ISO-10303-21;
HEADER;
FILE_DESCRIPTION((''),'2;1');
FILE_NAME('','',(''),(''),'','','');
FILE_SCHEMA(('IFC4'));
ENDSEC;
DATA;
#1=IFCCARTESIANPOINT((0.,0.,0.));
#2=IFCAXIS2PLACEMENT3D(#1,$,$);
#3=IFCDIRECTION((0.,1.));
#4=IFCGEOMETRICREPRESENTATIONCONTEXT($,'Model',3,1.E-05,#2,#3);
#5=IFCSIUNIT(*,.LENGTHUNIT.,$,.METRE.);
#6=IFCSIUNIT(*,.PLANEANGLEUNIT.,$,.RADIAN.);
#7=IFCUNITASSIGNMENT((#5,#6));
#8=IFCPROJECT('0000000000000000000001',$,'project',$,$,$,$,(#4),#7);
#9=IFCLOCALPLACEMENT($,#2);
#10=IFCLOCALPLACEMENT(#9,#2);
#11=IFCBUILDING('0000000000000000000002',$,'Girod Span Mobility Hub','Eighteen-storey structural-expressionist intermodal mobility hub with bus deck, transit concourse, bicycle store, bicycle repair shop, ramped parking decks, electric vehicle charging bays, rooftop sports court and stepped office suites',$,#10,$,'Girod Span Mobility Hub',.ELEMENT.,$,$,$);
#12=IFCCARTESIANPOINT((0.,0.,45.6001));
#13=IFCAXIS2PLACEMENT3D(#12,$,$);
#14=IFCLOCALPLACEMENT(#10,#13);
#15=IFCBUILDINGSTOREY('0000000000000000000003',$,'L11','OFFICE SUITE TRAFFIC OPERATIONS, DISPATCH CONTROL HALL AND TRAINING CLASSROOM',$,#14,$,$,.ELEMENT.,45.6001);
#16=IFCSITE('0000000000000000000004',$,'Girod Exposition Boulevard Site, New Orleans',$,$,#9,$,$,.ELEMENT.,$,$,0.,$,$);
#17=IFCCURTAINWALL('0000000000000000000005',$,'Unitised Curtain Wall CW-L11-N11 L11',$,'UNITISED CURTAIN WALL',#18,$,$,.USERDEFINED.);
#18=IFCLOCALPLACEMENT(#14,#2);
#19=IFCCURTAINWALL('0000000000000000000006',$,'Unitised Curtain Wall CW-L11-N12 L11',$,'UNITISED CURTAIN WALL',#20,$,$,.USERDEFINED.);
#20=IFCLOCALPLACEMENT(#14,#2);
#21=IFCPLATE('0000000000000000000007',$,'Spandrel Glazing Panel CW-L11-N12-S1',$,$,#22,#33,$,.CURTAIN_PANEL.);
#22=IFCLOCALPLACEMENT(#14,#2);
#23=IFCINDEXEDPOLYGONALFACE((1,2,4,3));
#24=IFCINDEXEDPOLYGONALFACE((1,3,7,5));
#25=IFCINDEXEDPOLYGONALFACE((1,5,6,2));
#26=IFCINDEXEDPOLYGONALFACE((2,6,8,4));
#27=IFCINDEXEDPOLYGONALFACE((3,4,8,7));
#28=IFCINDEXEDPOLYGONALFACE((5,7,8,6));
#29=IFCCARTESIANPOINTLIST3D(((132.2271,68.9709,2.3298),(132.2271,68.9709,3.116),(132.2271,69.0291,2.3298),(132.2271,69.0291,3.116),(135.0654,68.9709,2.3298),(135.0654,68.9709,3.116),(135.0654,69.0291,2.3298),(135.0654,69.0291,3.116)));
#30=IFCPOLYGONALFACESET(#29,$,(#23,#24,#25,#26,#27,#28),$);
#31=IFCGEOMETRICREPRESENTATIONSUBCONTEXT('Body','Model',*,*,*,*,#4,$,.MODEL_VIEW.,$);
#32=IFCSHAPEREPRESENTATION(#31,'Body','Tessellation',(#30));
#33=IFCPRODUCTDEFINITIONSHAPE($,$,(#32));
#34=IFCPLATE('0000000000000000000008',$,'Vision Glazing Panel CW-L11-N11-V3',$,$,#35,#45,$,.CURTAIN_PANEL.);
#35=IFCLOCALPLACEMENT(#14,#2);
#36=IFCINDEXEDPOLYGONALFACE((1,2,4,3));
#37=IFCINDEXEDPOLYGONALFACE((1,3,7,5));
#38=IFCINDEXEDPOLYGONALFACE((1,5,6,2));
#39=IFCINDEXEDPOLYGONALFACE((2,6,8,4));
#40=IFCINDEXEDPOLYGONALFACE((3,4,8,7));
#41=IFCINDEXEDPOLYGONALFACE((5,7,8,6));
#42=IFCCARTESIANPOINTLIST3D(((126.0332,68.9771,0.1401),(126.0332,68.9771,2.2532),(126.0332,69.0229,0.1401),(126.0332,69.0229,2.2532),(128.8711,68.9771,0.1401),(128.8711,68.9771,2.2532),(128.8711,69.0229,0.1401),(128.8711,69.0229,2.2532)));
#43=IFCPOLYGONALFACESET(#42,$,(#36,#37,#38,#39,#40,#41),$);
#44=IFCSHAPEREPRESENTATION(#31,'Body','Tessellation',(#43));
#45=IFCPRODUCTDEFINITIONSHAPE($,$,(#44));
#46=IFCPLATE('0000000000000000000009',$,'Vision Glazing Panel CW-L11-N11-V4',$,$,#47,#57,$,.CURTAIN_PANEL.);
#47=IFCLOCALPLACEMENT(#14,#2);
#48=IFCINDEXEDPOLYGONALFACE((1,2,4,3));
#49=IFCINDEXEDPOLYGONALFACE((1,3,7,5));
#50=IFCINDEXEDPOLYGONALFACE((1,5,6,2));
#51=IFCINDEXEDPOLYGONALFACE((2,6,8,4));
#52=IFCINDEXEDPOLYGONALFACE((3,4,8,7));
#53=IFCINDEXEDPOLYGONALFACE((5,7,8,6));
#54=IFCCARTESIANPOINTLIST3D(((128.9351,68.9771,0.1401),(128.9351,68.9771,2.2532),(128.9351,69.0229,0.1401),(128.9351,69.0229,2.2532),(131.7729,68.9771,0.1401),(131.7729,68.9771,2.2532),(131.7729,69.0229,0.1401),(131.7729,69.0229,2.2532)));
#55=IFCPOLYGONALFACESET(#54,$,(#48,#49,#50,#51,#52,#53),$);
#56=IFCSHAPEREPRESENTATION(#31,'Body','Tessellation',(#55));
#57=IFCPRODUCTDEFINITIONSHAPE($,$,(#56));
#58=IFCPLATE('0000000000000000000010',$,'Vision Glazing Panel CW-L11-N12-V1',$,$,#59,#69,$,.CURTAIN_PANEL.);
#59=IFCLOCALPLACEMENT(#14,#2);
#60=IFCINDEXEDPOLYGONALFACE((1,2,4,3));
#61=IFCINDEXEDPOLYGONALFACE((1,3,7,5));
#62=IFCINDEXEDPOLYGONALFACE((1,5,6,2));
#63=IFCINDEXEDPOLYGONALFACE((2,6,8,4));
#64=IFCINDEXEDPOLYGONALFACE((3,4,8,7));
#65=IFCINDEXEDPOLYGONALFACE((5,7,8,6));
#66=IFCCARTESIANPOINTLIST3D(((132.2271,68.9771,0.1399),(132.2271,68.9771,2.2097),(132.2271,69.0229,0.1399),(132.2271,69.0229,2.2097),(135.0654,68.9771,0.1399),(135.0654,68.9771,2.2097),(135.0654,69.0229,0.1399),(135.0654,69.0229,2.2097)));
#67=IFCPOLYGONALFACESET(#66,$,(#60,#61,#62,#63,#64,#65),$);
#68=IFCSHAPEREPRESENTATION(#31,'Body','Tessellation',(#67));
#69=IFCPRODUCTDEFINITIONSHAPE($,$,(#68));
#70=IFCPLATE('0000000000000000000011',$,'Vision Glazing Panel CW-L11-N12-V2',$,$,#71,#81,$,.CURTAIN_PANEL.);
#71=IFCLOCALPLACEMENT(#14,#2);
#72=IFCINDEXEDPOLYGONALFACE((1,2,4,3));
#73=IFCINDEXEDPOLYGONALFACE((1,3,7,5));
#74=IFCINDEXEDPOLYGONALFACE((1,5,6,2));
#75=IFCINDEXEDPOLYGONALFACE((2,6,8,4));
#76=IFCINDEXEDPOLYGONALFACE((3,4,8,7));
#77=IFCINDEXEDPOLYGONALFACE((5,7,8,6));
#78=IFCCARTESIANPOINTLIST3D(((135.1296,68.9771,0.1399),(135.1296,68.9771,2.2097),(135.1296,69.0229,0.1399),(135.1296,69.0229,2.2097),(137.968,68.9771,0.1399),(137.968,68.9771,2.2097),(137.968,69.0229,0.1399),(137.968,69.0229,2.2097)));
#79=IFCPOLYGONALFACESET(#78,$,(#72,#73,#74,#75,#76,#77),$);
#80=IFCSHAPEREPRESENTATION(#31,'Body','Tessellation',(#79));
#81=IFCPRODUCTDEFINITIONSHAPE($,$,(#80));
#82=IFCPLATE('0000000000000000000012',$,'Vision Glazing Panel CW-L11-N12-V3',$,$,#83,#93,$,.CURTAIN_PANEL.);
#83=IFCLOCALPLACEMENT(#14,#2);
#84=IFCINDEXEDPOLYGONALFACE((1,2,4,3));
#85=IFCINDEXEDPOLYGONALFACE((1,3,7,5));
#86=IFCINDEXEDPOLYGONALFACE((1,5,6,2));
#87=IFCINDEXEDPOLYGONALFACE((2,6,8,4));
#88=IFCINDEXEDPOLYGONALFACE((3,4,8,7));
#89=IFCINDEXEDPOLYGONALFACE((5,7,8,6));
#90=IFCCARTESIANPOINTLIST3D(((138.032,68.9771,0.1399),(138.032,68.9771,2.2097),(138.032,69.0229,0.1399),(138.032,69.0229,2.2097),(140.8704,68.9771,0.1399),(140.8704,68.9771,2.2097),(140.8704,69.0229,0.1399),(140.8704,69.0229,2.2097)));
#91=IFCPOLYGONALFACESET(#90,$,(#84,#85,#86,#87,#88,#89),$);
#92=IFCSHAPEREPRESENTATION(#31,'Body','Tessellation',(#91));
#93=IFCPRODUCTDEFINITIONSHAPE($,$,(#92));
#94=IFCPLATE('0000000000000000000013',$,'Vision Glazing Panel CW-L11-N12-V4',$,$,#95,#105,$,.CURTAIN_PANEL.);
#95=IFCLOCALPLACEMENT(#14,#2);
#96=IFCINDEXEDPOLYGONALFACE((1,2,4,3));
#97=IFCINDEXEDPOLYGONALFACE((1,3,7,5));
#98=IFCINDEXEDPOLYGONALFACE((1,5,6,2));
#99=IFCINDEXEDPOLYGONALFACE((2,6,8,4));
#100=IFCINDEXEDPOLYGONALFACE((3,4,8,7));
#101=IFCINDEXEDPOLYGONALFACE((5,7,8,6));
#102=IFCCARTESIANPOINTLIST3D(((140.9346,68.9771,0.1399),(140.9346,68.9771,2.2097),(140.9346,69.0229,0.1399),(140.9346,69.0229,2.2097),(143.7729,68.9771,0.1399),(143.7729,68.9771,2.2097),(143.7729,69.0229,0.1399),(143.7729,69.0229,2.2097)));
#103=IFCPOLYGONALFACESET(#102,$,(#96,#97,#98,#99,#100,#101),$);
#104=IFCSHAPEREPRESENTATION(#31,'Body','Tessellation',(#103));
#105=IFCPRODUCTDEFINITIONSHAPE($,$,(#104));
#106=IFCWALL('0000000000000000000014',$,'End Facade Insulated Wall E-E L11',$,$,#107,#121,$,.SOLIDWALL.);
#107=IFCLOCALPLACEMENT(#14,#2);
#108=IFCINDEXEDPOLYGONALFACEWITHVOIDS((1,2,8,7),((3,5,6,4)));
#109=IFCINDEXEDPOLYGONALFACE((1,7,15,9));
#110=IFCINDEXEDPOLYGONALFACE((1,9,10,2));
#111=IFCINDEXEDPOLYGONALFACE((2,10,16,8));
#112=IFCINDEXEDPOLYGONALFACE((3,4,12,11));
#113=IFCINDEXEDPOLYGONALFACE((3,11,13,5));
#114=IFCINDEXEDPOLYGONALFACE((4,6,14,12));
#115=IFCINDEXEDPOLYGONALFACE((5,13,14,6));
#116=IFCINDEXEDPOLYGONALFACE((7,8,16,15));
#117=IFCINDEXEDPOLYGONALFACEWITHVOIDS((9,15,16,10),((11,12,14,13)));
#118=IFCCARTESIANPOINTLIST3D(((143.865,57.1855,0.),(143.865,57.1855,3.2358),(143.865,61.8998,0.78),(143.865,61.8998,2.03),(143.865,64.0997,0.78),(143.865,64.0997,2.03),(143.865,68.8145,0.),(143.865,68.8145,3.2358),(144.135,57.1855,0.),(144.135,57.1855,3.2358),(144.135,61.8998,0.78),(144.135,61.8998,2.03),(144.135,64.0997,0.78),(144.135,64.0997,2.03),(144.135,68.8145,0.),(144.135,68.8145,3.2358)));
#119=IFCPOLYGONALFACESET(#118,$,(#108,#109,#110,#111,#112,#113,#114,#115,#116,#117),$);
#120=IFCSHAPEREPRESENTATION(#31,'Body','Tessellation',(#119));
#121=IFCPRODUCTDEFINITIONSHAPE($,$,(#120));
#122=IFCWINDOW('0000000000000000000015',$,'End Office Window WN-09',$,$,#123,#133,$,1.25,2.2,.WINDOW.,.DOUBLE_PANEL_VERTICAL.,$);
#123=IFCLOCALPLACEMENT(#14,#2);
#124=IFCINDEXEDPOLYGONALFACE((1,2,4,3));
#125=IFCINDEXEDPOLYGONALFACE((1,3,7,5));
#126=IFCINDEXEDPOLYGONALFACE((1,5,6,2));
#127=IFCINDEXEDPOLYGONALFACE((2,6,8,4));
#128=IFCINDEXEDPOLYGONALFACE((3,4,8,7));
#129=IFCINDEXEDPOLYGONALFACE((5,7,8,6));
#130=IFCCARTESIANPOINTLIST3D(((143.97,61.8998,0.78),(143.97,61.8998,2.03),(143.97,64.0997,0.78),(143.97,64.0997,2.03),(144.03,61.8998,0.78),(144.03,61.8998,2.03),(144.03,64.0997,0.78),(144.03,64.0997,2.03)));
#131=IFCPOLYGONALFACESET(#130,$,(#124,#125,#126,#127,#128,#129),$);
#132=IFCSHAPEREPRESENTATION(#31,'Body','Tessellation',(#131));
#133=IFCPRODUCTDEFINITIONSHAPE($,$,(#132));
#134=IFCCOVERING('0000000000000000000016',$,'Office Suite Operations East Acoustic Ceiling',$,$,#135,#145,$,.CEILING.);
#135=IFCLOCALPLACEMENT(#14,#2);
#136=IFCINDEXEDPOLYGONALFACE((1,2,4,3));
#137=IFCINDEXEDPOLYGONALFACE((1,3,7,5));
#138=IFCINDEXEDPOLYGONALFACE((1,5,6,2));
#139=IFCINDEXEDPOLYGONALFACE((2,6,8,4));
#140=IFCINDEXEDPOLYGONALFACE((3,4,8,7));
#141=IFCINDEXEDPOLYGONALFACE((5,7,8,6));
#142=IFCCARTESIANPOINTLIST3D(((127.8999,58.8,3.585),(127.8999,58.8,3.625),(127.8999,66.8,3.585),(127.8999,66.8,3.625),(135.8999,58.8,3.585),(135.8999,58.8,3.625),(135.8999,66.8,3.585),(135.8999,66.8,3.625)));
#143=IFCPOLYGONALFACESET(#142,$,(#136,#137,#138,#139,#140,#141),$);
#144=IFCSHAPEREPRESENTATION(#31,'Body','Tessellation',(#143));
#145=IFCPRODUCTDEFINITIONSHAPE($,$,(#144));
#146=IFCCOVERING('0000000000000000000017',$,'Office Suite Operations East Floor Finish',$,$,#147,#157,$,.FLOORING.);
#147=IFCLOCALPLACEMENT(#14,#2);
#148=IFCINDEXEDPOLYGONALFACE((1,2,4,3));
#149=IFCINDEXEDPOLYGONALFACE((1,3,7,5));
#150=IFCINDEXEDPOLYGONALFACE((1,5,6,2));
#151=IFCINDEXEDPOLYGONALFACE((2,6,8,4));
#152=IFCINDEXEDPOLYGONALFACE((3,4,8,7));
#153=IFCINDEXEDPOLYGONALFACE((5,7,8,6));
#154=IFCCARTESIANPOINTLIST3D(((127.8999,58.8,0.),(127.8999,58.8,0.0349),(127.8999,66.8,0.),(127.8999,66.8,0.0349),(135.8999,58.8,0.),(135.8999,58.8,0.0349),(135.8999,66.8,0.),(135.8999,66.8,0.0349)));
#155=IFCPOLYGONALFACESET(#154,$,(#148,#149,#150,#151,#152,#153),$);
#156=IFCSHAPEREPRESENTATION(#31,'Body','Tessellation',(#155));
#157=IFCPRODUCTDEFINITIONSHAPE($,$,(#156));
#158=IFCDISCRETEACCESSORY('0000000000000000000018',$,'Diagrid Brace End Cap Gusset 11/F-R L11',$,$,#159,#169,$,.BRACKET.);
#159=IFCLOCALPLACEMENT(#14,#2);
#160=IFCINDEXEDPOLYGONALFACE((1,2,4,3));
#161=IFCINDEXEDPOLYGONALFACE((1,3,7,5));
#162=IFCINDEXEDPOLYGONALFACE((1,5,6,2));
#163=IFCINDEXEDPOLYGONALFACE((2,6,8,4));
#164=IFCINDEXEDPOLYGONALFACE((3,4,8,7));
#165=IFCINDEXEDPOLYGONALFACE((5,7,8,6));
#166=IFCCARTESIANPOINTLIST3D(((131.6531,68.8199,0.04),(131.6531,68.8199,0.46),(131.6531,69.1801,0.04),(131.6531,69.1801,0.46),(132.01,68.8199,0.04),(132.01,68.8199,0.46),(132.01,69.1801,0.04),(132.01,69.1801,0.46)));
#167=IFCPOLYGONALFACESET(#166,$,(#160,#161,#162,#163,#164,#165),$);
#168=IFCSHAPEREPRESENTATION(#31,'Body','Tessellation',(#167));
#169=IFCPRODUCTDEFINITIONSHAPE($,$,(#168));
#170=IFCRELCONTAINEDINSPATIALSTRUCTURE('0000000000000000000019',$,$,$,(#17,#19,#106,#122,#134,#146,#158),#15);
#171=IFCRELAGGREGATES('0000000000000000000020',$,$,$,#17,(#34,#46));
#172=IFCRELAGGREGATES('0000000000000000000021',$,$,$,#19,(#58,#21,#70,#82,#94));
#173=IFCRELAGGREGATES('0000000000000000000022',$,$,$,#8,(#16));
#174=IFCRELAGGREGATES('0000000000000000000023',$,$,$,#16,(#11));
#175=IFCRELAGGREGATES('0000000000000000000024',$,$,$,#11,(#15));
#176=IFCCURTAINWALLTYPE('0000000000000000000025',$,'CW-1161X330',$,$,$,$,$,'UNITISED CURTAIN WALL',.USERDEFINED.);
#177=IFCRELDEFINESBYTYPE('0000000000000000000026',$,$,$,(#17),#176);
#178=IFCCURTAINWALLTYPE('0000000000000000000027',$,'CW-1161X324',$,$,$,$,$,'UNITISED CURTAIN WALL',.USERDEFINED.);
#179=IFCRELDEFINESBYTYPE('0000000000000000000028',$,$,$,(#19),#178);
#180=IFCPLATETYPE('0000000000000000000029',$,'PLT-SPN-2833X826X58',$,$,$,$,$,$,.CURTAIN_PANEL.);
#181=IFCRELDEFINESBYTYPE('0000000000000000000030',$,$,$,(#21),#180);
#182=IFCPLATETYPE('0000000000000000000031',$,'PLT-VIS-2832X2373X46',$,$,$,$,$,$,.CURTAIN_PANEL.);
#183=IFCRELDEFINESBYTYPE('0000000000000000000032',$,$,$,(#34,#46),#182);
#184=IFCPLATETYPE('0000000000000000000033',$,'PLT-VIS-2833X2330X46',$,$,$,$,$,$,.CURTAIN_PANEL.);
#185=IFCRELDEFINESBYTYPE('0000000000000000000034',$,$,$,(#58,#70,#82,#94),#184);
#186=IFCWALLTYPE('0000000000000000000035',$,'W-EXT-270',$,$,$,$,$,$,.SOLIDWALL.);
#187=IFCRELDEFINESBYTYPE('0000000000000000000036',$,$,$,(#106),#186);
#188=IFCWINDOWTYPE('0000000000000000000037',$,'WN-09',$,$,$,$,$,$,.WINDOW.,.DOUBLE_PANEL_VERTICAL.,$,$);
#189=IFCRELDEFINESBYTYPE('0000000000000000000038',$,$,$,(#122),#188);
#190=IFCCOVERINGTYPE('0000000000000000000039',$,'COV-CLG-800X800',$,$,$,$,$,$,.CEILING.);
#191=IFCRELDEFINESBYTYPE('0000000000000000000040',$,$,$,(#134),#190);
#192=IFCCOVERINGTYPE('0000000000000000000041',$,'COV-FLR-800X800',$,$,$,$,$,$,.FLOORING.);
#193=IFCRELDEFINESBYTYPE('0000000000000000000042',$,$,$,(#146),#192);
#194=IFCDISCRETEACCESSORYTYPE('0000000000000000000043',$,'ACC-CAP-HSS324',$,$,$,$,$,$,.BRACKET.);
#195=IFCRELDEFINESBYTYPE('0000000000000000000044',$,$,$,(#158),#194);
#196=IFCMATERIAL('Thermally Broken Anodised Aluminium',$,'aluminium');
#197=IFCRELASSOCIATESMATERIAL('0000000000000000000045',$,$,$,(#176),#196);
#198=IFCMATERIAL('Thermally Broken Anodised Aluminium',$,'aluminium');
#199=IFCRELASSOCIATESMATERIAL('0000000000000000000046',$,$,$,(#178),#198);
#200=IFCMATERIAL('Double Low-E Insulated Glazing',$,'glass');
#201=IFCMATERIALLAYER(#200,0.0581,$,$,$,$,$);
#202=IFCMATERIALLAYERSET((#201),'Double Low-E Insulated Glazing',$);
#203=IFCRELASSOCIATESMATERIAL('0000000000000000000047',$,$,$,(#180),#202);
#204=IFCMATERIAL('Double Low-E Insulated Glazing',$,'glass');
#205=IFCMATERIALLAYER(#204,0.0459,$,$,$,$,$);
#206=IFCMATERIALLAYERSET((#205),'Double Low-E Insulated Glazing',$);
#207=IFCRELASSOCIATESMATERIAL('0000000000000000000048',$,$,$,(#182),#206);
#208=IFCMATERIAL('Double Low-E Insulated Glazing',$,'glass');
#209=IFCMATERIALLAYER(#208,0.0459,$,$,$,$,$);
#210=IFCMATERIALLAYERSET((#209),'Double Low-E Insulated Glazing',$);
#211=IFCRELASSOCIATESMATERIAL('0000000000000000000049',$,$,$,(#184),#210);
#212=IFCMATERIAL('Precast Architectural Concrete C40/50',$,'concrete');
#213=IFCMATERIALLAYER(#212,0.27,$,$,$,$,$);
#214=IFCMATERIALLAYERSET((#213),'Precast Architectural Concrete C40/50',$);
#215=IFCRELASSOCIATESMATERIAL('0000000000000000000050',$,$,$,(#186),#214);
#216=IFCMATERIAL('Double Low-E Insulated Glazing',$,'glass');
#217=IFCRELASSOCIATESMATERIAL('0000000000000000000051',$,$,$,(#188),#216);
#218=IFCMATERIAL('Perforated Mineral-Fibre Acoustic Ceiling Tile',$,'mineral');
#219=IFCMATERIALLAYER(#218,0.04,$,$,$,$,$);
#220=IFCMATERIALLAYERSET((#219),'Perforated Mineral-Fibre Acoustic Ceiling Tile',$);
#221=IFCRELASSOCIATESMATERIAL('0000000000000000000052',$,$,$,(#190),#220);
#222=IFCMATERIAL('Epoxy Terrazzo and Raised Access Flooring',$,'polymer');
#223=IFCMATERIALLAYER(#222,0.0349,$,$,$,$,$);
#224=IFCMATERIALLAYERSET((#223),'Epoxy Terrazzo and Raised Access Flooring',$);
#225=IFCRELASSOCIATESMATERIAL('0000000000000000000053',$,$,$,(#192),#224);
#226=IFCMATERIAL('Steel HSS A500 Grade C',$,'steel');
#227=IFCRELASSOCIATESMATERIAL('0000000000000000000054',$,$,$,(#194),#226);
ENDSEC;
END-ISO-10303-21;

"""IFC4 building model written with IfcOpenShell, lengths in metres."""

from ifc_helpers import new_model, si_unit, direction, frame, frame_2d, origin, origin_2d, place, context, subcontext, project, spatial, rectangle, extrude, material, layer, layer_set, type_object, element, fill, aggregate, save


model = new_model("IFC4")

# Units and contexts
model_context = context("Model", 3, precision=1e-05, world=origin(), true_north=direction((0.0, 1.0)))
body_context = subcontext(model_context, "Body", "Model", "MODEL_VIEW")
ifc_project = project(units=[si_unit("LENGTHUNIT", "METRE"), si_unit("PLANEANGLEUNIT", "RADIAN")], contexts=[model_context])

# Site, building, storey
site_placement = place(None, origin())
site = spatial("IfcSite", under=ifc_project, at=site_placement, Name="Girod Exposition Boulevard Site, New Orleans", CompositionType="ELEMENT", RefElevation=0.0)
building_placement = place(site_placement, origin())
building = spatial("IfcBuilding", under=site, at=building_placement, Name="Girod Span Mobility Hub", Description="Eighteen-storey structural-expressionist intermodal mobility hub with bus deck, transit concourse, bicycle store, bicycle repair shop, ramped parking decks, electric vehicle charging bays, rooftop sports court and stepped office suites", LongName="Girod Span Mobility Hub", CompositionType="ELEMENT")
storey_placement = place(building_placement, frame((0.0, 0.0, 45.6001)))
storey = spatial("IfcBuildingStorey", under=building, at=storey_placement, Name="L11", Description="OFFICE SUITE TRAFFIC OPERATIONS, DISPATCH CONTROL HALL AND TRAINING CLASSROOM", CompositionType="ELEMENT", Elevation=45.6001)

# Curtain walls
ifc_material_1 = material(Name="Thermally Broken Anodised Aluminium", Category="aluminium")
curtain_wall_type_1 = type_object("IfcCurtainWallType", Name="CW-1161X330", ElementType="UNITISED CURTAIN WALL", PredefinedType="USERDEFINED", material=ifc_material_1)
curtain_wall_1_placement = place(storey_placement, origin())
curtain_wall_1 = element("IfcCurtainWall", 1, at=curtain_wall_1_placement, inside=storey, type_object=curtain_wall_type_1, Name="Unitised Curtain Wall CW-L11-N11 L11", ObjectType="UNITISED CURTAIN WALL", PredefinedType="USERDEFINED")
ifc_material_2 = material(Name="Thermally Broken Anodised Aluminium", Category="aluminium")
curtain_wall_type_2 = type_object("IfcCurtainWallType", Name="CW-1161X324", ElementType="UNITISED CURTAIN WALL", PredefinedType="USERDEFINED", material=ifc_material_2)
curtain_wall_2_placement = place(storey_placement, origin())
curtain_wall_2 = element("IfcCurtainWall", 2, at=curtain_wall_2_placement, inside=storey, type_object=curtain_wall_type_2, Name="Unitised Curtain Wall CW-L11-N12 L11", ObjectType="UNITISED CURTAIN WALL", PredefinedType="USERDEFINED")

# Plates
ifc_material_3 = material(Name="Double Low-E Insulated Glazing", Category="glass")
ifc_layer_1 = layer(ifc_material_3, 0.0581)
ifc_layer_set_1 = layer_set([ifc_layer_1], Name="Double Low-E Insulated Glazing")
plate_type_1 = type_object("IfcPlateType", Name="PLT-SPN-2833X826X58", PredefinedType="CURTAIN_PANEL", material=ifc_layer_set_1)
plate_1_placement = place(storey_placement, frame((133.6462, 69.0, 2.3298), z_axis=(0.0, 0.0, 1.0), x_axis=(1.0, 0.0, 0.0)))
plate_1 = element("IfcPlate", 3, at=plate_1_placement, type_object=plate_type_1, Name="Spandrel Glazing Panel CW-L11-N12-S1", PredefinedType="CURTAIN_PANEL", context=body_context, shape_type="SweptSolid", body=[
    extrude(rectangle(XDim=2.8384, YDim=0.0581, at=origin_2d()), origin(), (0.0, 0.0, 1.0), 0.7861),
])
ifc_material_4 = material(Name="Double Low-E Insulated Glazing", Category="glass")
ifc_layer_2 = layer(ifc_material_4, 0.0459)
ifc_layer_set_2 = layer_set([ifc_layer_2], Name="Double Low-E Insulated Glazing")
plate_type_2 = type_object("IfcPlateType", Name="PLT-VIS-2832X2373X46", PredefinedType="CURTAIN_PANEL", material=ifc_layer_set_2)
plate_2_placement = place(storey_placement, frame((127.4521, 69.0, 0.1401), z_axis=(0.0, 0.0, 1.0), x_axis=(1.0, 0.0, 0.0)))
plate_2 = element("IfcPlate", 4, at=plate_2_placement, type_object=plate_type_2, Name="Vision Glazing Panel CW-L11-N11-V3", PredefinedType="CURTAIN_PANEL", context=body_context, shape_type="SweptSolid", body=[
    extrude(rectangle(XDim=2.8379, YDim=0.0459, at=origin_2d()), origin(), (0.0, 0.0, 1.0), 2.113),
])
plate_3_placement = place(storey_placement, frame((130.354, 69.0, 0.1401), z_axis=(0.0, 0.0, 1.0), x_axis=(1.0, 0.0, 0.0)))
plate_3 = element("IfcPlate", 5, at=plate_3_placement, type_object=plate_type_2, Name="Vision Glazing Panel CW-L11-N11-V4", PredefinedType="CURTAIN_PANEL", context=body_context, shape_type="SweptSolid", body=[
    extrude(rectangle(XDim=2.8379, YDim=0.0459, at=origin_2d()), origin(), (0.0, 0.0, 1.0), 2.113),
])
aggregate(curtain_wall_1, [plate_2, plate_3])
ifc_material_5 = material(Name="Double Low-E Insulated Glazing", Category="glass")
ifc_layer_3 = layer(ifc_material_5, 0.0459)
ifc_layer_set_3 = layer_set([ifc_layer_3], Name="Double Low-E Insulated Glazing")
plate_type_3 = type_object("IfcPlateType", Name="PLT-VIS-2833X2330X46", PredefinedType="CURTAIN_PANEL", material=ifc_layer_set_3)
plate_4_placement = place(storey_placement, frame((133.6462, 69.0, 0.1399), z_axis=(0.0, 0.0, 1.0), x_axis=(1.0, 0.0, 0.0)))
plate_4 = element("IfcPlate", 6, at=plate_4_placement, type_object=plate_type_3, Name="Vision Glazing Panel CW-L11-N12-V1", PredefinedType="CURTAIN_PANEL", context=body_context, shape_type="SweptSolid", body=[
    extrude(rectangle(XDim=2.8384, YDim=0.0459, at=origin_2d()), origin(), (0.0, 0.0, 1.0), 2.0698),
])
plate_5_placement = place(storey_placement, frame((136.5488, 69.0, 0.1399), z_axis=(0.0, 0.0, 1.0), x_axis=(1.0, 0.0, 0.0)))
plate_5 = element("IfcPlate", 7, at=plate_5_placement, type_object=plate_type_3, Name="Vision Glazing Panel CW-L11-N12-V2", PredefinedType="CURTAIN_PANEL", context=body_context, shape_type="SweptSolid", body=[
    extrude(rectangle(XDim=2.8384, YDim=0.0459, at=origin_2d()), origin(), (0.0, 0.0, 1.0), 2.0698),
])
plate_6_placement = place(storey_placement, frame((139.4512, 69.0, 0.1399), z_axis=(0.0, 0.0, 1.0), x_axis=(1.0, 0.0, 0.0)))
plate_6 = element("IfcPlate", 8, at=plate_6_placement, type_object=plate_type_3, Name="Vision Glazing Panel CW-L11-N12-V3", PredefinedType="CURTAIN_PANEL", context=body_context, shape_type="SweptSolid", body=[
    extrude(rectangle(XDim=2.8384, YDim=0.0459, at=origin_2d()), origin(), (0.0, 0.0, 1.0), 2.0698),
])
plate_7_placement = place(storey_placement, frame((142.3538, 69.0, 0.1399), z_axis=(0.0, 0.0, 1.0), x_axis=(1.0, 0.0, 0.0)))
plate_7 = element("IfcPlate", 9, at=plate_7_placement, type_object=plate_type_3, Name="Vision Glazing Panel CW-L11-N12-V4", PredefinedType="CURTAIN_PANEL", context=body_context, shape_type="SweptSolid", body=[
    extrude(rectangle(XDim=2.8384, YDim=0.0459, at=origin_2d()), origin(), (0.0, 0.0, 1.0), 2.0698),
])
aggregate(curtain_wall_2, [plate_4, plate_1, plate_5, plate_6, plate_7])

# Wall, opening, window
ifc_material_6 = material(Name="Precast Architectural Concrete C40/50", Category="concrete")
ifc_layer_4 = layer(ifc_material_6, 0.27)
ifc_layer_set_4 = layer_set([ifc_layer_4], Name="Precast Architectural Concrete C40/50")
wall_type = type_object("IfcWallType", Name="W-EXT-270", PredefinedType="SOLIDWALL", material=ifc_layer_set_4)
wall_placement = place(storey_placement, frame((144.0, 57.1855, 0.0), z_axis=(0.0, 0.0, 1.0), x_axis=(0.0, 1.0, 0.0)))
wall = element("IfcWall", 10, at=wall_placement, inside=storey, type_object=wall_type, Name="End Facade Insulated Wall E-E L11", PredefinedType="SOLIDWALL", context=body_context, shape_type="SweptSolid", body=[
    extrude(rectangle(XDim=11.6289, YDim=0.27, at=frame_2d((5.8145, 0.0))), origin(), (0.0, 0.0, 1.0), 3.2358),
])
opening_placement = place(wall_placement, frame((4.7141, 0.0, 0.78)))
opening = element("IfcOpeningElement", 11, at=opening_placement, cuts=wall, PredefinedType="OPENING", context=body_context, shape_type="SweptSolid", body=[
    extrude(rectangle(XDim=2.2, YDim=1.25, at=frame_2d((1.1001, 0.625))), frame((0.0, 0.1499, 0.0), z_axis=(0.0, -1.0, 0.0), x_axis=(1.0, 0.0, 0.0)), (0.0, 0.0, 1.0), 0.3),
])
ifc_material_7 = material(Name="Double Low-E Insulated Glazing", Category="glass")
window_type = type_object("IfcWindowType", Name="WN-09", PartitioningType="DOUBLE_PANEL_VERTICAL", PredefinedType="WINDOW", material=ifc_material_7)
window_placement = place(opening_placement, origin())
window = element("IfcWindow", 12, at=window_placement, inside=storey, type_object=window_type, Name="End Office Window WN-09", OverallHeight=1.25, OverallWidth=2.2, PartitioningType="DOUBLE_PANEL_VERTICAL", PredefinedType="WINDOW", context=body_context, shape_type="SweptSolid", body=[
    extrude(rectangle(XDim=2.2, YDim=1.25, at=frame_2d((1.1001, 0.625))), frame((0.0, 0.03, 0.0), z_axis=(0.0, -1.0, 0.0), x_axis=(1.0, 0.0, 0.0)), (0.0, 0.0, 1.0), 0.0601),
])
fill(opening, window)

# Coverings
ifc_material_8 = material(Name="Perforated Mineral-Fibre Acoustic Ceiling Tile", Category="mineral")
ifc_layer_5 = layer(ifc_material_8, 0.04)
ifc_layer_set_5 = layer_set([ifc_layer_5], Name="Perforated Mineral-Fibre Acoustic Ceiling Tile")
covering_type_1 = type_object("IfcCoveringType", Name="COV-CLG-800X800", PredefinedType="CEILING", material=ifc_layer_set_5)
covering_1_placement = place(storey_placement, frame((131.8999, 62.8, 3.585), z_axis=(0.0, 0.0, 1.0), x_axis=(1.0, 0.0, 0.0)))
element("IfcCovering", 13, at=covering_1_placement, inside=storey, type_object=covering_type_1, Name="Office Suite Operations East Acoustic Ceiling", PredefinedType="CEILING", context=body_context, shape_type="SweptSolid", body=[
    extrude(rectangle(XDim=8.0, YDim=8.0, at=origin_2d()), origin(), (0.0, 0.0, 1.0), 0.04),
])
ifc_material_9 = material(Name="Epoxy Terrazzo and Raised Access Flooring", Category="polymer")
ifc_layer_6 = layer(ifc_material_9, 0.0349)
ifc_layer_set_6 = layer_set([ifc_layer_6], Name="Epoxy Terrazzo and Raised Access Flooring")
covering_type_2 = type_object("IfcCoveringType", Name="COV-FLR-800X800", PredefinedType="FLOORING", material=ifc_layer_set_6)
covering_2_placement = place(storey_placement, frame((131.8999, 62.8, 0.0), z_axis=(0.0, 0.0, 1.0), x_axis=(1.0, 0.0, 0.0)))
element("IfcCovering", 14, at=covering_2_placement, inside=storey, type_object=covering_type_2, Name="Office Suite Operations East Floor Finish", PredefinedType="FLOORING", context=body_context, shape_type="SweptSolid", body=[
    extrude(rectangle(XDim=8.0, YDim=8.0, at=origin_2d()), origin(), (0.0, 0.0, 1.0), 0.0349),
])

# Discrete accessory
ifc_material_10 = material(Name="Steel HSS A500 Grade C", Category="steel")
discrete_accessory_type = type_object("IfcDiscreteAccessoryType", Name="ACC-CAP-HSS324", PredefinedType="BRACKET", material=ifc_material_10)
discrete_accessory_placement = place(storey_placement, frame((131.8315, 69.0, 0.04), z_axis=(0.0, 0.0, 1.0), x_axis=(1.0, 0.0, 0.0)))
element("IfcDiscreteAccessory", 15, at=discrete_accessory_placement, inside=storey, type_object=discrete_accessory_type, Name="Diagrid Brace End Cap Gusset 11/F-R L11", PredefinedType="BRACKET", context=body_context, shape_type="SweptSolid", body=[
    extrude(rectangle(XDim=0.3569, YDim=0.3601, at=origin_2d()), origin(), (0.0, 0.0, 1.0), 0.4199),
])

save(model, "model.ifc")
